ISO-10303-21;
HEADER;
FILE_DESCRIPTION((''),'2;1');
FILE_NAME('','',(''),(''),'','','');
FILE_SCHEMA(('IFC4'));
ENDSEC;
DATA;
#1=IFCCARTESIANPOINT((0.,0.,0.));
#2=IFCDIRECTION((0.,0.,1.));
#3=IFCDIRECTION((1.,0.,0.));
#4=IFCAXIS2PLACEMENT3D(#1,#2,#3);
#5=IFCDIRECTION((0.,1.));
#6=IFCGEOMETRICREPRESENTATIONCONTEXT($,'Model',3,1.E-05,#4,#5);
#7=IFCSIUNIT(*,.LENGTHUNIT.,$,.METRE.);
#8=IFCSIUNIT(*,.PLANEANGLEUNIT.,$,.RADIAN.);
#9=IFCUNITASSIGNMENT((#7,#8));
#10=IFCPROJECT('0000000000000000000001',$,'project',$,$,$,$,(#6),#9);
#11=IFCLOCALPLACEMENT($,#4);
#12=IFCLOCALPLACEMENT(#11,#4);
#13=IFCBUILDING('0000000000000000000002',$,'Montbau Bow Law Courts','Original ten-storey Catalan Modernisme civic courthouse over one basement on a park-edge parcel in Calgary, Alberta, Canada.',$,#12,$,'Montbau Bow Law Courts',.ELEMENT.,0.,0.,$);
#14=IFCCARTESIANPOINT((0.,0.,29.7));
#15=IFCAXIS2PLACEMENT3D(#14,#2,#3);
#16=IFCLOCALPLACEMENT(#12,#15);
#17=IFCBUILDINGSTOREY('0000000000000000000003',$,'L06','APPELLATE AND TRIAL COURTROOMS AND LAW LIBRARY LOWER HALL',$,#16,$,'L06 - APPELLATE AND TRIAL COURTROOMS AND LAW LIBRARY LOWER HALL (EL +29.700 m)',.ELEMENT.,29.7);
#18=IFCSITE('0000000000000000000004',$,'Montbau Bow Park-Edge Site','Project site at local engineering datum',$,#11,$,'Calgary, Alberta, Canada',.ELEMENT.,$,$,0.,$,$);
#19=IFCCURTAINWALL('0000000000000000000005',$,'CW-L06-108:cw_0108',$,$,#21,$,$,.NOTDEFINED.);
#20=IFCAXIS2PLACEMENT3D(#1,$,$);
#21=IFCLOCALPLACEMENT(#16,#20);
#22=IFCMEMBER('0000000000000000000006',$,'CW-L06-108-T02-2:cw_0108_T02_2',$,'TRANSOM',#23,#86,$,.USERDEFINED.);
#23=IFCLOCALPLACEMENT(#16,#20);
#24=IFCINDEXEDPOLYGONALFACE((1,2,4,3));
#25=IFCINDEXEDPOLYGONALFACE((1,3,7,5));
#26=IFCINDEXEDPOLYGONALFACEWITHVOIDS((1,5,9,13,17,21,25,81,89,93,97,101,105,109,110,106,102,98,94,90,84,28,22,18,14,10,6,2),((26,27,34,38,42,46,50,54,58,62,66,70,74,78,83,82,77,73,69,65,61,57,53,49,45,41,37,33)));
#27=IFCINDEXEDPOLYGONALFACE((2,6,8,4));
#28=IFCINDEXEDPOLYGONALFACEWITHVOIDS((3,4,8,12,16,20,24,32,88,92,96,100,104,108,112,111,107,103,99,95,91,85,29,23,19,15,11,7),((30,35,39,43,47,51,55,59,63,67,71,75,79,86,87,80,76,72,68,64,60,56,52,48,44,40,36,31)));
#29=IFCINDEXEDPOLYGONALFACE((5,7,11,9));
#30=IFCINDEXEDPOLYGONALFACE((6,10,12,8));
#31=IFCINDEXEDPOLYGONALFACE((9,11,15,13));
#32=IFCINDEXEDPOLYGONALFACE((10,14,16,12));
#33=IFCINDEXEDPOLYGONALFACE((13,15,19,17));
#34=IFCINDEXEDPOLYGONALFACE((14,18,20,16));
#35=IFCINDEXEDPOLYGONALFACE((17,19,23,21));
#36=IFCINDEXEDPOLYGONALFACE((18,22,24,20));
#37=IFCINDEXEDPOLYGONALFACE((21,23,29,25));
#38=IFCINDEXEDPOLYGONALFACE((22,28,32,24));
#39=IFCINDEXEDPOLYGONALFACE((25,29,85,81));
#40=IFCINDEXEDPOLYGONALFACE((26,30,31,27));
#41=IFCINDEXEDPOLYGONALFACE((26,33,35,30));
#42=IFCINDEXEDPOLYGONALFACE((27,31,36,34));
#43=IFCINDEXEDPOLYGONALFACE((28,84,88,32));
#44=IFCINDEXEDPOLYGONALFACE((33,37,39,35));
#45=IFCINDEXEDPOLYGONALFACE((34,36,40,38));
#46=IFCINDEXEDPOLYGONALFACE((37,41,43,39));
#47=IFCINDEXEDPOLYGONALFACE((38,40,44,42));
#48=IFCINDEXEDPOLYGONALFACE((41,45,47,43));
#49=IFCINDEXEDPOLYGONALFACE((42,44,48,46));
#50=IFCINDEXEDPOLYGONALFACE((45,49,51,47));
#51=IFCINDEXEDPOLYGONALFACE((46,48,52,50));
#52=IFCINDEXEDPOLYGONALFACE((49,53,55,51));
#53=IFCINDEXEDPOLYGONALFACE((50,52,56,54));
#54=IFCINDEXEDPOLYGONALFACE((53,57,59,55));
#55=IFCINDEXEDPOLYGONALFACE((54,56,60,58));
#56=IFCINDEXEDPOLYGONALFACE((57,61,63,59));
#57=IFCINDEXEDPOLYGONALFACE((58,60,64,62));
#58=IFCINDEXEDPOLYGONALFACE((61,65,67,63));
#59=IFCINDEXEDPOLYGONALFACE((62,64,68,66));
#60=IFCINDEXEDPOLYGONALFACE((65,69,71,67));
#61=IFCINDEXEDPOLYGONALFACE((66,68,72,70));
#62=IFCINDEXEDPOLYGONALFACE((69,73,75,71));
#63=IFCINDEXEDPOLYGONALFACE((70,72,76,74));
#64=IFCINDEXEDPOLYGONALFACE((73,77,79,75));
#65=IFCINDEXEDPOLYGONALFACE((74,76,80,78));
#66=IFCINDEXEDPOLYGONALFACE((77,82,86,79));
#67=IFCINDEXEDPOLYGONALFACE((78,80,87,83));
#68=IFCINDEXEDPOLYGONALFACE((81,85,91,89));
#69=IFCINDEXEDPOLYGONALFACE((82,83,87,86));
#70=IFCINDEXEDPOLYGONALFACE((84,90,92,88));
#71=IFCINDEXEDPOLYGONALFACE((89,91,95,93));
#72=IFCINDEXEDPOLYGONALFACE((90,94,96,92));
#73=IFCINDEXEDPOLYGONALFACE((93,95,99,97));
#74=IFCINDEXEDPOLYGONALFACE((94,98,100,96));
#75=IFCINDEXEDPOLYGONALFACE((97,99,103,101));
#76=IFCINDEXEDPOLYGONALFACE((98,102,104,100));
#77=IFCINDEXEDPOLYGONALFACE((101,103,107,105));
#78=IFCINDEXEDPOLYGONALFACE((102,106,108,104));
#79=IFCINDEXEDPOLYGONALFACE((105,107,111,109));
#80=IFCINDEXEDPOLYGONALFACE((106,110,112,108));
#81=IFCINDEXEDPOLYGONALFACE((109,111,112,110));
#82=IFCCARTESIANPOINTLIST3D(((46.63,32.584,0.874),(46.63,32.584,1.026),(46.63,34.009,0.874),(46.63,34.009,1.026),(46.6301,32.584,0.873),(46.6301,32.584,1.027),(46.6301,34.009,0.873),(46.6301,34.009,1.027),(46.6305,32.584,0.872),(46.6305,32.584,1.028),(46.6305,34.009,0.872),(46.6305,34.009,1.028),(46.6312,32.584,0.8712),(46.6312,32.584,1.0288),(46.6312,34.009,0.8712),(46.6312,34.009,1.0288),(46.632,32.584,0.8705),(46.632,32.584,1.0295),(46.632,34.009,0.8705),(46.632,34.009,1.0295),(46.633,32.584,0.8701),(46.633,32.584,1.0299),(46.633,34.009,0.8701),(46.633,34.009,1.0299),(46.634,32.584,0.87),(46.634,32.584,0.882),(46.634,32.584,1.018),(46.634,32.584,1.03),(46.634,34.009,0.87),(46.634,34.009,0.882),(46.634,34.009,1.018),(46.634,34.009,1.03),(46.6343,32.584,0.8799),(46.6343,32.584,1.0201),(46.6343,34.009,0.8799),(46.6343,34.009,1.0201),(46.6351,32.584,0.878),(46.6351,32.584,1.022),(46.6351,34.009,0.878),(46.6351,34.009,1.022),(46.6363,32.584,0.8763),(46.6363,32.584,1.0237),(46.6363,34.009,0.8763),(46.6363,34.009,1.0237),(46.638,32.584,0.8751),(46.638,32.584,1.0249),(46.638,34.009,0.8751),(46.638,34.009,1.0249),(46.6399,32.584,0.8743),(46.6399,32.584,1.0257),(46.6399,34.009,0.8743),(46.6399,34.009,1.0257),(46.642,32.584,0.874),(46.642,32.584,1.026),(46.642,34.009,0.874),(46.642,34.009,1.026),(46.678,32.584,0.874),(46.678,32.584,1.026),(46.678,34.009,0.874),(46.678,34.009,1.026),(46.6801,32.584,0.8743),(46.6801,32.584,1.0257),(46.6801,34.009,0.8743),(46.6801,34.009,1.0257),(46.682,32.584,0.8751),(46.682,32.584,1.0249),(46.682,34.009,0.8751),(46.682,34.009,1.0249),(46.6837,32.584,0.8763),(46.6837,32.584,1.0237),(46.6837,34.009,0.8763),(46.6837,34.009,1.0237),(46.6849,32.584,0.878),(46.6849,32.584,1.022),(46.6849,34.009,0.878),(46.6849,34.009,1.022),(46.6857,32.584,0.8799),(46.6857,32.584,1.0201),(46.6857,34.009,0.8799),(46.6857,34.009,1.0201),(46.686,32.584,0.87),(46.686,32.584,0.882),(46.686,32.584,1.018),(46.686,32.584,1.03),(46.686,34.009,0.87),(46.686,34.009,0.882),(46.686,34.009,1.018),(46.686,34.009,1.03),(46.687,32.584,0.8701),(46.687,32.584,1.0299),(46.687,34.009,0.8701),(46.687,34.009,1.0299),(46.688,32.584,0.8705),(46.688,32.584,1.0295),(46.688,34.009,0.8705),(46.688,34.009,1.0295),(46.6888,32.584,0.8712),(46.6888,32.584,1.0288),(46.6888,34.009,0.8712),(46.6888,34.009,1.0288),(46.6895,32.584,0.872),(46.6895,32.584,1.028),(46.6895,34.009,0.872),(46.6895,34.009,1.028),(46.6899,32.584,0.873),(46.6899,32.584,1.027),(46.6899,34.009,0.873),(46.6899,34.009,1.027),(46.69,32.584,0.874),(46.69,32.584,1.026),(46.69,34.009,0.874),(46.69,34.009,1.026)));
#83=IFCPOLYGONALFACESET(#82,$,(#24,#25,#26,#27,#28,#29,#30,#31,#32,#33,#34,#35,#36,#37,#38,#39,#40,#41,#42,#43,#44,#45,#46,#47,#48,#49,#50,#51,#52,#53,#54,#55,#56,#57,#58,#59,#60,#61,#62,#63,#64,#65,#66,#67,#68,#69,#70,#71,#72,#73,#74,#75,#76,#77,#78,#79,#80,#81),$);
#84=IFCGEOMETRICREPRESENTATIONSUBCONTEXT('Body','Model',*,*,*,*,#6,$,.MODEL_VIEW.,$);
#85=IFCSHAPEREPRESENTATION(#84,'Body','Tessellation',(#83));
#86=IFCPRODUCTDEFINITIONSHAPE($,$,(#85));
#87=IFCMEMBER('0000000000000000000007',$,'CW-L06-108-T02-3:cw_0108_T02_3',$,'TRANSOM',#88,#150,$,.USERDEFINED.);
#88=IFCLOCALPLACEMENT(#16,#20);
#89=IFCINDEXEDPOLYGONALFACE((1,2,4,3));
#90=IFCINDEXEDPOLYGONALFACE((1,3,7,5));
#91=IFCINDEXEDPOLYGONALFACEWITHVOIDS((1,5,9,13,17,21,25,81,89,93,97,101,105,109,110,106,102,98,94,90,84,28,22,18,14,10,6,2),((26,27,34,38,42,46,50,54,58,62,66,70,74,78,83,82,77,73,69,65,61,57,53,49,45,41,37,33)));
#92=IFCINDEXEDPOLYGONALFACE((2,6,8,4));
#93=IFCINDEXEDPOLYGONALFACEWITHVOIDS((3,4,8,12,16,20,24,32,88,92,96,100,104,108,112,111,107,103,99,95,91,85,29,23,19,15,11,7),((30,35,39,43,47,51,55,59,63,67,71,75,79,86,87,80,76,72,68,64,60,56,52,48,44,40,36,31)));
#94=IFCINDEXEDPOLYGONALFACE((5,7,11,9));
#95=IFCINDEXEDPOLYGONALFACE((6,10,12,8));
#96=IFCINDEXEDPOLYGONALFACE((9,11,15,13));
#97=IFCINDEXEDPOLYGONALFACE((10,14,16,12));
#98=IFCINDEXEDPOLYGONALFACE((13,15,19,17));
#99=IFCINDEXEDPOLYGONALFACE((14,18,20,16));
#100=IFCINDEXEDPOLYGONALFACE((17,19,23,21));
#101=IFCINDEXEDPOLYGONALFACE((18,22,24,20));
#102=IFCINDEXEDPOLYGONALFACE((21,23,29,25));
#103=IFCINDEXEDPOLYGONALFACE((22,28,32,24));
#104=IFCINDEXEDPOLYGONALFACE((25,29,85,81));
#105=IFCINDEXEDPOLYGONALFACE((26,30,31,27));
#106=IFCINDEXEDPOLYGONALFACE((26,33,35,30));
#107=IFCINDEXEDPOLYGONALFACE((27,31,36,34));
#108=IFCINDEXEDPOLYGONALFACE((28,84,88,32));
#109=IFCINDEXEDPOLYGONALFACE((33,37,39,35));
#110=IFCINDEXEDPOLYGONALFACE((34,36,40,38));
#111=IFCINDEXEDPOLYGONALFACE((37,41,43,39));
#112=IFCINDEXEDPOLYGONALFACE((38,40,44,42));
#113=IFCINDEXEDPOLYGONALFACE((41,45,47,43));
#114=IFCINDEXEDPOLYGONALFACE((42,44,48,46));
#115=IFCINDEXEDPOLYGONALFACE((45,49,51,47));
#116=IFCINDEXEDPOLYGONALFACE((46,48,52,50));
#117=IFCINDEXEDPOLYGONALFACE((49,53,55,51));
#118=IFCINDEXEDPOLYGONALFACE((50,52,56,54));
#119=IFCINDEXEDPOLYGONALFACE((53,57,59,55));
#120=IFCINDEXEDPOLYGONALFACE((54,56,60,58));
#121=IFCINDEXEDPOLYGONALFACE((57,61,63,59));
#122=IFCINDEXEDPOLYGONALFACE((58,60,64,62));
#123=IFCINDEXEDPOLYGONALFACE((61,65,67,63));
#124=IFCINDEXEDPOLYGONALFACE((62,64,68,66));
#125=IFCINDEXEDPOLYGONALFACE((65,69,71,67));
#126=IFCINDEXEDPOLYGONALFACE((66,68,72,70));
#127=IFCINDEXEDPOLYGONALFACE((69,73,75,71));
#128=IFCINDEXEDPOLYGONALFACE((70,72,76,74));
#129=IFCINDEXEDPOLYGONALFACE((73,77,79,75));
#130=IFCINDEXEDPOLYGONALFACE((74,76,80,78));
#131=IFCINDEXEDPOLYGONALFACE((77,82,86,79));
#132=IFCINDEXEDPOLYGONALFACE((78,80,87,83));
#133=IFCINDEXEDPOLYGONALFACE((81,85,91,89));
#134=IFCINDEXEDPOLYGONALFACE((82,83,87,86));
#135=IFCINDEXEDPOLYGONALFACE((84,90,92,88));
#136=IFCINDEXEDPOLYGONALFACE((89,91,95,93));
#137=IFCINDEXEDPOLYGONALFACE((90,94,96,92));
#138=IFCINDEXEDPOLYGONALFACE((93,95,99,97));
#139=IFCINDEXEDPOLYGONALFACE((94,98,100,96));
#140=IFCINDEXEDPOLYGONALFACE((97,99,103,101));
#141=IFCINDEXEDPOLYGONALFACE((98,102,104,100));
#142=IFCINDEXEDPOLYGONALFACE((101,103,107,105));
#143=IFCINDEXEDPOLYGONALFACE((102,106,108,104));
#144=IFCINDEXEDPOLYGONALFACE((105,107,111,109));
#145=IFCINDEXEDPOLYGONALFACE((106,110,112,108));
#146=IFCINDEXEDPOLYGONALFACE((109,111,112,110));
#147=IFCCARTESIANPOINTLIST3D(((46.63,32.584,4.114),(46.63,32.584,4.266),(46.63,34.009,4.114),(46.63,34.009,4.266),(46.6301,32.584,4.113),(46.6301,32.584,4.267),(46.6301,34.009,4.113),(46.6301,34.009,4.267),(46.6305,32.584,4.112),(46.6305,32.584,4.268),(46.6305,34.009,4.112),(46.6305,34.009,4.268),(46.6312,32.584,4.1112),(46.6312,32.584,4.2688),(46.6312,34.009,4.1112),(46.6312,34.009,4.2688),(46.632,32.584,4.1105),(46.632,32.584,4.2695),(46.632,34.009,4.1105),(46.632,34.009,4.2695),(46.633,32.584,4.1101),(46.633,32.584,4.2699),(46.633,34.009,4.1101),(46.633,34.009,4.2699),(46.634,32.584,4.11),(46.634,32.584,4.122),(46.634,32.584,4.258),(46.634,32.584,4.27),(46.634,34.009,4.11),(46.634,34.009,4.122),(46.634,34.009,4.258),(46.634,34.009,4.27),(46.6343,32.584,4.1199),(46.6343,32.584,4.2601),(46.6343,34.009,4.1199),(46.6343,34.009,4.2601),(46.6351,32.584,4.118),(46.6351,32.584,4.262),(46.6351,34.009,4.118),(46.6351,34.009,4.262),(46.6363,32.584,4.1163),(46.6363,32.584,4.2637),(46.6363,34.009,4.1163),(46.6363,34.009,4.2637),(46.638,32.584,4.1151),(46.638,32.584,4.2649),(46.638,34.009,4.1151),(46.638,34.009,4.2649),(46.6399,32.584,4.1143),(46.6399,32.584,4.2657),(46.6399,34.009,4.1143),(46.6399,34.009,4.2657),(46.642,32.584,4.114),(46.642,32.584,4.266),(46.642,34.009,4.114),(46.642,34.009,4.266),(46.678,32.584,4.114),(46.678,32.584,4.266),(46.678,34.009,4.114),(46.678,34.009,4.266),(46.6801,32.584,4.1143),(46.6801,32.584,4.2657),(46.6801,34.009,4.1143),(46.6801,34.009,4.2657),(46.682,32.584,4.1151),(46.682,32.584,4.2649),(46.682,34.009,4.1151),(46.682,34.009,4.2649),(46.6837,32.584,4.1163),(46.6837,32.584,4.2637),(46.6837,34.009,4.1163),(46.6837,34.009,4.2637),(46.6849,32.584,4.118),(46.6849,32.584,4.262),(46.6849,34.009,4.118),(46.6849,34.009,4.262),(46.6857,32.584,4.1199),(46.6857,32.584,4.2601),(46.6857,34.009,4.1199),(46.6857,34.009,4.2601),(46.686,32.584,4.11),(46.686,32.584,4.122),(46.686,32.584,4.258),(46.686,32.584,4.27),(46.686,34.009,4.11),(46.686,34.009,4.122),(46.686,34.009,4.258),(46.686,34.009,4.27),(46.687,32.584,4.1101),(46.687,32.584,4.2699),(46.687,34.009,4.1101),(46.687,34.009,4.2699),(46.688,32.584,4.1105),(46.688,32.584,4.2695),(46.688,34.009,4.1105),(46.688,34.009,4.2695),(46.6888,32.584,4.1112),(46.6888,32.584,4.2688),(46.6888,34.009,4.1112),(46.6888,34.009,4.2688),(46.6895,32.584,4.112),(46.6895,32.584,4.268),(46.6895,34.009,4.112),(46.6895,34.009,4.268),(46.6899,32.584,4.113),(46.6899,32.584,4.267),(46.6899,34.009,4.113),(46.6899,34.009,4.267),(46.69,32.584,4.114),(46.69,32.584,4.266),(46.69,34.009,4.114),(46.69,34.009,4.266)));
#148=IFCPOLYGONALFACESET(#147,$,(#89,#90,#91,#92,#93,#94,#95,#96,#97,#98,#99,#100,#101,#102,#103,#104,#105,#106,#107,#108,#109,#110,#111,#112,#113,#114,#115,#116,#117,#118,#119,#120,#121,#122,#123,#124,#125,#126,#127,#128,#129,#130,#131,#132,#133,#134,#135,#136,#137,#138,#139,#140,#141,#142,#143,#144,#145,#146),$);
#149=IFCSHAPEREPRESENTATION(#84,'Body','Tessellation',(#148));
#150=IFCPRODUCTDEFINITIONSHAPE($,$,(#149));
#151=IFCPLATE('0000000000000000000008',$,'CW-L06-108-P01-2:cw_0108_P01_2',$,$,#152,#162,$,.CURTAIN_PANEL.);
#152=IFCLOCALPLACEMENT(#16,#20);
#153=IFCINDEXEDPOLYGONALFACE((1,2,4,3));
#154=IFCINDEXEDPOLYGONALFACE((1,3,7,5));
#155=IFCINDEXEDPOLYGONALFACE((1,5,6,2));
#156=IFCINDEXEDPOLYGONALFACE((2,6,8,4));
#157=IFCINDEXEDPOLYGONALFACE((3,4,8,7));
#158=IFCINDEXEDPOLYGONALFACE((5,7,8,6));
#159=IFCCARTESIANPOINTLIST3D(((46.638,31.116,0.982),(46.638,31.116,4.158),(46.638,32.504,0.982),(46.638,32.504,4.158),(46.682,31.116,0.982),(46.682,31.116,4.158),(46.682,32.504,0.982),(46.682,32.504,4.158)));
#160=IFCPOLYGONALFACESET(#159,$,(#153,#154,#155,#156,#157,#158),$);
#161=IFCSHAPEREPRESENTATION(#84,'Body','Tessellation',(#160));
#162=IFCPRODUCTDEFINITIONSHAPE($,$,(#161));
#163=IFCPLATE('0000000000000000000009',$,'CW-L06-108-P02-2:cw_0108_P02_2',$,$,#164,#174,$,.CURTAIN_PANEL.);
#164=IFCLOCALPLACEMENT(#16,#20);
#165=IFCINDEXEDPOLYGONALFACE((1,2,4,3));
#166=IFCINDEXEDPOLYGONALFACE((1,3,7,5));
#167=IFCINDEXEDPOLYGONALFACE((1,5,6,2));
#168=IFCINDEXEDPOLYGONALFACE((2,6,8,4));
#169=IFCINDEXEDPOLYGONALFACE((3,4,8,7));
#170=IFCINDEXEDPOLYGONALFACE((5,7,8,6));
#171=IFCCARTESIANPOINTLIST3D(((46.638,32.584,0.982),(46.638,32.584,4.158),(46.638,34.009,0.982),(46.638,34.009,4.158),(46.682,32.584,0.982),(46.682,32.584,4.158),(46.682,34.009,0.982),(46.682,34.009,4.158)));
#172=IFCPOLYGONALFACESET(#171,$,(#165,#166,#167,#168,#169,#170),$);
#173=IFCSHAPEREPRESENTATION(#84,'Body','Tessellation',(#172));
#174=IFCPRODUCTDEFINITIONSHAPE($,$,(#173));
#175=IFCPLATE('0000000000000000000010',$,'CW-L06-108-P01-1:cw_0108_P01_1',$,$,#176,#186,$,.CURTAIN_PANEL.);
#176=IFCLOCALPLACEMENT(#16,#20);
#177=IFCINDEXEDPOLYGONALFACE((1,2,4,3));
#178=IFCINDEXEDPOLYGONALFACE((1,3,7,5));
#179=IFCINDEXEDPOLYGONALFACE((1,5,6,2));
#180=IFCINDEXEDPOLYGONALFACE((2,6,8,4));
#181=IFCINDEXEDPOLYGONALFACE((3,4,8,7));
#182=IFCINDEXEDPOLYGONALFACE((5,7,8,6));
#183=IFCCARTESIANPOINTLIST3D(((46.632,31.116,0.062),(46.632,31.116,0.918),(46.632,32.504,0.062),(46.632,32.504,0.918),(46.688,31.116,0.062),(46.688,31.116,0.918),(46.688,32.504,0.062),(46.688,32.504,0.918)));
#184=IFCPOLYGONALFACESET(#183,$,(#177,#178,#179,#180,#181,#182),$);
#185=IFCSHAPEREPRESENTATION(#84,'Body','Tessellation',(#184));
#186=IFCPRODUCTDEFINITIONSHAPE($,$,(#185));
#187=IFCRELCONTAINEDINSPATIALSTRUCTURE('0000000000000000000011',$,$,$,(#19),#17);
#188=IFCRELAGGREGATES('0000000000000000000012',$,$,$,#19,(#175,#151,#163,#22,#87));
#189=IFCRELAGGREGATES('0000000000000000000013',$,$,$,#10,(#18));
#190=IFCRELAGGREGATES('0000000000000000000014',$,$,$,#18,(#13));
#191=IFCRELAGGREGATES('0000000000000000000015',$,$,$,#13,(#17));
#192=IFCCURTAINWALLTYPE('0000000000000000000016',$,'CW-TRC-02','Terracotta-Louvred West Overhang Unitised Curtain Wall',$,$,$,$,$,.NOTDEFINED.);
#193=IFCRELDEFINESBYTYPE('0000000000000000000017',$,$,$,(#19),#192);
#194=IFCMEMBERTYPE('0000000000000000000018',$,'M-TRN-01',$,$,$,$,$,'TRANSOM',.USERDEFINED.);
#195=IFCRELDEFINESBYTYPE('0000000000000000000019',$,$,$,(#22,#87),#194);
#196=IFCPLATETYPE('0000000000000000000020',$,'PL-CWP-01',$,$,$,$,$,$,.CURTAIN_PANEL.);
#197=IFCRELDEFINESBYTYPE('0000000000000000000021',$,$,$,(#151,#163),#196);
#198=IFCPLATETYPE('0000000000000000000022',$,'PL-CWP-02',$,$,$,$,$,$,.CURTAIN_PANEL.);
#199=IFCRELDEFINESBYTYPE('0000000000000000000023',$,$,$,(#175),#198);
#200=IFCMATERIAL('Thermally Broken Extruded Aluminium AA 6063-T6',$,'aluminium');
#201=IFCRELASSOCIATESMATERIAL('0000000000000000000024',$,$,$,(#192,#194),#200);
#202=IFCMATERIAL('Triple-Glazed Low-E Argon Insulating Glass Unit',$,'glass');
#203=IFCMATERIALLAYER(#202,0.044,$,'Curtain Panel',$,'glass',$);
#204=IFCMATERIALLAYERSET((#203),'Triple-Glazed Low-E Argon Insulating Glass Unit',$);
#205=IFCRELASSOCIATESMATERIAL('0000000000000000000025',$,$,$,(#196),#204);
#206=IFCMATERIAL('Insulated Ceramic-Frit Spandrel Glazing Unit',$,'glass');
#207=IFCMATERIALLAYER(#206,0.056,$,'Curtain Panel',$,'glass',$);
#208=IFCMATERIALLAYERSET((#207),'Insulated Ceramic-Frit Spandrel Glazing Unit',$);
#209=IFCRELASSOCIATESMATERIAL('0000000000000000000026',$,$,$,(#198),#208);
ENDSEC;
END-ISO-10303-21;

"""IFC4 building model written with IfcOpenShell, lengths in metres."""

from ifc_helpers import new_model, si_unit, direction, frame, frame_2d, origin_with_axes, origin_2d_with_axis, place, context, subcontext, project, spatial, rectangle, hollow_rectangle, extrude, material, layer, layer_set, material_profile, profile_set, type_object, element, aggregate, save


model = new_model("IFC4")

# Units and contexts
model_context = context("Model", 3, precision=1e-05, world=origin_with_axes(), true_north=direction((0.0, 1.0)))
body_context = subcontext(model_context, "Body", "Model", "MODEL_VIEW")
ifc_project = project(units=[si_unit("LENGTHUNIT", "METRE"), si_unit("PLANEANGLEUNIT", "RADIAN")], contexts=[model_context])

# Site, building, storey
site_placement = place(None, origin_with_axes())
site = spatial("IfcSite", under=ifc_project, at=site_placement, Name="Montbau Bow Park-Edge Site", Description="Project site at local engineering datum", LongName="Calgary, Alberta, Canada", CompositionType="ELEMENT", RefElevation=0.0)
building_placement = place(site_placement, origin_with_axes())
building = spatial("IfcBuilding", under=site, at=building_placement, Name="Montbau Bow Law Courts", Description="Original ten-storey Catalan Modernisme civic courthouse over one basement on a park-edge parcel in Calgary, Alberta, Canada.", LongName="Montbau Bow Law Courts", CompositionType="ELEMENT", ElevationOfRefHeight=0.0, ElevationOfTerrain=0.0)
storey_placement = place(building_placement, frame((0.0, 0.0, 29.7), z_axis=(0.0, 0.0, 1.0), x_axis=(1.0, 0.0, 0.0)))
storey = spatial("IfcBuildingStorey", under=building, at=storey_placement, Name="L06", Description="APPELLATE AND TRIAL COURTROOMS AND LAW LIBRARY LOWER HALL", LongName="L06 - APPELLATE AND TRIAL COURTROOMS AND LAW LIBRARY LOWER HALL (EL +29.700 m)", CompositionType="ELEMENT", Elevation=29.7)

# Curtain wall
ifc_material_1 = material(Name="Thermally Broken Extruded Aluminium AA 6063-T6", Category="aluminium")
curtain_wall_type = type_object("IfcCurtainWallType", Name="CW-TRC-02", Description="Terracotta-Louvred West Overhang Unitised Curtain Wall", PredefinedType="NOTDEFINED", material=ifc_material_1)
curtain_wall_1_placement = place(None, frame((46.66, 31.04, 29.7), z_axis=(0.0, 0.0, 1.0), x_axis=(1.0, 0.0, 0.0)))
curtain_wall_1 = element("IfcCurtainWall", 1, at=curtain_wall_1_placement, inside=storey, type_object=curtain_wall_type, Name="CW-L06-108:cw_0108", PredefinedType="NOTDEFINED")

# Members
ifc_material_profile_1 = material_profile(ifc_material_1, hollow_rectangle(XDim=0.06, YDim=0.16, WallThickness=0.004, InnerFilletRadius=0.008, OuterFilletRadius=0.004, at=origin_2d_with_axis()), Name="CWT-160X60", Category="Main", Priority=0)
ifc_profile_set_1 = profile_set([ifc_material_profile_1], Name="Thermally Broken Extruded Aluminium AA 6063-T6")
member_type_1 = type_object("IfcMemberType", Name="M-TRN-01", ElementType="TRANSOM", PredefinedType="USERDEFINED", material=ifc_profile_set_1)
member_1_placement = place(None, frame((46.66, 32.584, 30.65), z_axis=(0.0, 1.0, 0.0), x_axis=(-1.0, 0.0, 0.0)))
member_1 = element("IfcMember", 2, at=member_1_placement, type_object=member_type_1, Name="CW-L06-108-T02-2:cw_0108_T02_2", ObjectType="TRANSOM", PredefinedType="USERDEFINED", context=body_context, shape_type="SweptSolid", body=[
    extrude(hollow_rectangle(XDim=0.06, YDim=0.16, WallThickness=0.004, InnerFilletRadius=0.008, OuterFilletRadius=0.004, at=origin_2d_with_axis()), origin_with_axes(), (0.0, 0.0, 1.0), 1.425),
])
member_2_placement = place(None, frame((46.66, 32.584, 33.89), z_axis=(0.0, 1.0, 0.0), x_axis=(-1.0, 0.0, 0.0)))
member_2 = element("IfcMember", 3, at=member_2_placement, type_object=member_type_1, Name="CW-L06-108-T02-3:cw_0108_T02_3", ObjectType="TRANSOM", PredefinedType="USERDEFINED", context=body_context, shape_type="SweptSolid", body=[
    extrude(hollow_rectangle(XDim=0.06, YDim=0.16, WallThickness=0.004, InnerFilletRadius=0.008, OuterFilletRadius=0.004, at=origin_2d_with_axis()), origin_with_axes(), (0.0, 0.0, 1.0), 1.425),
])

# Plates
ifc_material_2 = material(Name="Triple-Glazed Low-E Argon Insulating Glass Unit", Category="glass")
ifc_layer_1 = layer(ifc_material_2, 0.044, Name="Curtain Panel", Category="glass")
ifc_layer_set_1 = layer_set([ifc_layer_1], Name="Triple-Glazed Low-E Argon Insulating Glass Unit")
plate_type_1 = type_object("IfcPlateType", Name="PL-CWP-01", PredefinedType="CURTAIN_PANEL", material=ifc_layer_set_1)
plate_1_placement = place(None, frame((46.66, 31.116, 30.682), z_axis=(1.0, 0.0, 0.0), x_axis=(0.0, 1.0, 0.0)))
plate_1 = element("IfcPlate", 4, at=plate_1_placement, type_object=plate_type_1, Name="CW-L06-108-P01-2:cw_0108_P01_2", PredefinedType="CURTAIN_PANEL", context=body_context, shape_type="SweptSolid", body=[
    extrude(rectangle(XDim=1.388, YDim=3.176, at=frame_2d((0.694, 1.588), x_axis=(1.0, 0.0))), frame((0.0, 0.0, -0.022), z_axis=(0.0, 0.0, 1.0), x_axis=(1.0, 0.0, 0.0)), (0.0, 0.0, 1.0), 0.044),
])
plate_2_placement = place(None, frame((46.66, 32.584, 30.682), z_axis=(1.0, 0.0, 0.0), x_axis=(0.0, 1.0, 0.0)))
plate_2 = element("IfcPlate", 5, at=plate_2_placement, type_object=plate_type_1, Name="CW-L06-108-P02-2:cw_0108_P02_2", PredefinedType="CURTAIN_PANEL", context=body_context, shape_type="SweptSolid", body=[
    extrude(rectangle(XDim=1.425, YDim=3.176, at=frame_2d((0.7125, 1.588), x_axis=(1.0, 0.0))), frame((0.0, 0.0, -0.022), z_axis=(0.0, 0.0, 1.0), x_axis=(1.0, 0.0, 0.0)), (0.0, 0.0, 1.0), 0.044),
])
ifc_material_3 = material(Name="Insulated Ceramic-Frit Spandrel Glazing Unit", Category="glass")
ifc_layer_2 = layer(ifc_material_3, 0.056, Name="Curtain Panel", Category="glass")
ifc_layer_set_2 = layer_set([ifc_layer_2], Name="Insulated Ceramic-Frit Spandrel Glazing Unit")
plate_type_2 = type_object("IfcPlateType", Name="PL-CWP-02", PredefinedType="CURTAIN_PANEL", material=ifc_layer_set_2)
plate_3_placement = place(None, frame((46.66, 31.116, 29.762), z_axis=(1.0, 0.0, 0.0), x_axis=(0.0, 1.0, 0.0)))
plate_3 = element("IfcPlate", 6, at=plate_3_placement, type_object=plate_type_2, Name="CW-L06-108-P01-1:cw_0108_P01_1", PredefinedType="CURTAIN_PANEL", context=body_context, shape_type="SweptSolid", body=[
    extrude(rectangle(XDim=1.388, YDim=0.856, at=frame_2d((0.694, 0.428), x_axis=(1.0, 0.0))), frame((0.0, 0.0, -0.028), z_axis=(0.0, 0.0, 1.0), x_axis=(1.0, 0.0, 0.0)), (0.0, 0.0, 1.0), 0.056),
])
aggregate(curtain_wall_1, [plate_3, plate_1, plate_2, member_1, member_2])

save(model, "model.ifc")
